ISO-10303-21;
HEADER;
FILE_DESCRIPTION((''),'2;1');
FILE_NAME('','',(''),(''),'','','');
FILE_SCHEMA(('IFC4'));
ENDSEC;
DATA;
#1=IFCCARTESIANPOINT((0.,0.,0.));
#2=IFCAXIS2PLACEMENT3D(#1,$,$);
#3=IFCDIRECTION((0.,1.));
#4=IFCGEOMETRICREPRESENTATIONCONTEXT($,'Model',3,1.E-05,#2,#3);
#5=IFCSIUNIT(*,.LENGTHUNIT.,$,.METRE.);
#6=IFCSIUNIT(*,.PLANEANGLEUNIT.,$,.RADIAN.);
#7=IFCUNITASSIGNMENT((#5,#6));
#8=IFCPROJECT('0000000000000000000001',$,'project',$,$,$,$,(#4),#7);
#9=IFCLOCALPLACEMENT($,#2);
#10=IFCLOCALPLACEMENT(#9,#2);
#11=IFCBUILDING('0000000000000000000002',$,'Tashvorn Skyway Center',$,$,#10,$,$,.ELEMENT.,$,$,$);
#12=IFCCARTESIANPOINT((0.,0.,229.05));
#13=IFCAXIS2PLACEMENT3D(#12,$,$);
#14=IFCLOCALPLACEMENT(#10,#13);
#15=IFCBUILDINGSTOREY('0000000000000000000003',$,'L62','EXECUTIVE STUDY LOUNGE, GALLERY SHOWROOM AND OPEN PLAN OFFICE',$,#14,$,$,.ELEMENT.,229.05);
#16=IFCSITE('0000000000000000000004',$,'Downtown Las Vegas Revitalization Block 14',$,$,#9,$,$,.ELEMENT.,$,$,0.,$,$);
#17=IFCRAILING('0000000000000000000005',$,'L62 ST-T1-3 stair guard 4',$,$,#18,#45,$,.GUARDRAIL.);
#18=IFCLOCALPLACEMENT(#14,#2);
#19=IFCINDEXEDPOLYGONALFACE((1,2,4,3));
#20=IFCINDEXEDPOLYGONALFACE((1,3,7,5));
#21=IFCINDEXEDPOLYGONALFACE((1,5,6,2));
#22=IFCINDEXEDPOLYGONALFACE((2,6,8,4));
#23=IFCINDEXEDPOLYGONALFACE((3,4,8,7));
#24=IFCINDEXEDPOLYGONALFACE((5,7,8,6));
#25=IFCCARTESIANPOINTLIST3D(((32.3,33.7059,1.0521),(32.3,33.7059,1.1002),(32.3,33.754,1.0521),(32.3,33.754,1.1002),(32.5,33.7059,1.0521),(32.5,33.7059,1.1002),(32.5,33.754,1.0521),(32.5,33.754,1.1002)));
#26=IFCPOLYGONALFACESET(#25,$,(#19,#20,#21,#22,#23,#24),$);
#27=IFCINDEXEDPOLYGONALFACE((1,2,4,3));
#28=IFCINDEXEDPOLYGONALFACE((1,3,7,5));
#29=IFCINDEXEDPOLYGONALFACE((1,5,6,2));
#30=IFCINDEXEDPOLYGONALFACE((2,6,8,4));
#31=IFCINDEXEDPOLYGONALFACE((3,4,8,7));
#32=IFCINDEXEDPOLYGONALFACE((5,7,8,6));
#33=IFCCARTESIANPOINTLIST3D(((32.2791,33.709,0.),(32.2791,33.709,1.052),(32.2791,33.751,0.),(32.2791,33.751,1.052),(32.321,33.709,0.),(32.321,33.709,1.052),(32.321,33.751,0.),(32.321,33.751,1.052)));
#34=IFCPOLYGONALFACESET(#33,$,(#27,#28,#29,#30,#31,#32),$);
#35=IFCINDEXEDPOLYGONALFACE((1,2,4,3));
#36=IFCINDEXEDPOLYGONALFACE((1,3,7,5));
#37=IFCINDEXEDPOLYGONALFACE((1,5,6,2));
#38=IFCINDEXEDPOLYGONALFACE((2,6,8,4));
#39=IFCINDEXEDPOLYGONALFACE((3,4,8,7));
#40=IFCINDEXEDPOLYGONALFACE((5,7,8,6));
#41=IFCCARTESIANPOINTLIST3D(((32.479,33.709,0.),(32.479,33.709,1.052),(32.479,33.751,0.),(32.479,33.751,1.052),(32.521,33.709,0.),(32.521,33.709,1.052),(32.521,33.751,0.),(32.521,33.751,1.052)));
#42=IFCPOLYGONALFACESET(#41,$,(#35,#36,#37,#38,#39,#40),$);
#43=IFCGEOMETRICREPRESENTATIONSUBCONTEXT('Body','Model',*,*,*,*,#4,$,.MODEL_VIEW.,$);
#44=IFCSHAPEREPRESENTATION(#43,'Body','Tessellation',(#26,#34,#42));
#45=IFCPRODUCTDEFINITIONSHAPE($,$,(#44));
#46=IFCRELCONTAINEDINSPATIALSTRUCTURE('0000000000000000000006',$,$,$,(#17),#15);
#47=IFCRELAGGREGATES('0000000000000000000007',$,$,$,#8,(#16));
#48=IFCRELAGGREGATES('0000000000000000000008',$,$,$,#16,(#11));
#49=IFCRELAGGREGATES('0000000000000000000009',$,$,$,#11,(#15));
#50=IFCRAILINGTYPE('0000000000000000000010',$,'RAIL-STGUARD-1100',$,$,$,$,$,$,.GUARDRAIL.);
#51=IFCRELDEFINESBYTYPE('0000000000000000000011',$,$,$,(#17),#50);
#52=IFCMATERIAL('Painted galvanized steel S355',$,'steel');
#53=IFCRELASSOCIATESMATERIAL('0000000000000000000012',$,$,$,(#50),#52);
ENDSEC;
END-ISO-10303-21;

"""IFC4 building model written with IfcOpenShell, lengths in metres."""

from ifc_helpers import new_model, si_unit, direction, frame, origin, origin_2d, place, context, subcontext, project, spatial, rectangle, extrude, material, type_object, element, save


model = new_model("IFC4")

# Units and contexts
model_context = context("Model", 3, precision=1e-05, world=origin(), true_north=direction((0.0, 1.0)))
body_context = subcontext(model_context, "Body", "Model", "MODEL_VIEW")
ifc_project = project(units=[si_unit("LENGTHUNIT", "METRE"), si_unit("PLANEANGLEUNIT", "RADIAN")], contexts=[model_context])

# Site, building, storey
site_placement = place(None, origin())
site = spatial("IfcSite", under=ifc_project, at=site_placement, Name="Downtown Las Vegas Revitalization Block 14", CompositionType="ELEMENT", RefElevation=0.0)
building_placement = place(site_placement, origin())
building = spatial("IfcBuilding", under=site, at=building_placement, Name="Tashvorn Skyway Center", CompositionType="ELEMENT")
storey_placement = place(building_placement, frame((0.0, 0.0, 229.05)))
storey = spatial("IfcBuildingStorey", under=building, at=storey_placement, Name="L62", Description="EXECUTIVE STUDY LOUNGE, GALLERY SHOWROOM AND OPEN PLAN OFFICE", CompositionType="ELEMENT", Elevation=229.05)

# Railing
ifc_material_1 = material(Name="Painted galvanized steel S355", Category="steel")
railing_type_1 = type_object("IfcRailingType", Name="RAIL-STGUARD-1100", PredefinedType="GUARDRAIL", material=ifc_material_1)
railing_1_placement = place(storey_placement, frame((32.3, 33.73, 0.0)))
element("IfcRailing", 1, at=railing_1_placement, inside=storey, type_object=railing_type_1, Name="L62 ST-T1-3 stair guard 4", PredefinedType="GUARDRAIL", context=body_context, shape_type="SweptSolid", body=[
    extrude(rectangle(XDim=0.0481, YDim=0.0481, at=origin_2d()), frame((0.0, 0.0, 1.0762), z_axis=(1.0, 0.0, 0.0), x_axis=(0.0, 1.0, 0.0)), (0.0, 0.0, 1.0), 0.2),
    extrude(rectangle(XDim=0.042, YDim=0.042, at=origin_2d()), origin(), (0.0, 0.0, 1.0), 1.052),
    extrude(rectangle(XDim=0.042, YDim=0.042, at=origin_2d()), frame((0.2, 0.0, 0.0)), (0.0, 0.0, 1.0), 1.052),
])

save(model, "model.ifc")
